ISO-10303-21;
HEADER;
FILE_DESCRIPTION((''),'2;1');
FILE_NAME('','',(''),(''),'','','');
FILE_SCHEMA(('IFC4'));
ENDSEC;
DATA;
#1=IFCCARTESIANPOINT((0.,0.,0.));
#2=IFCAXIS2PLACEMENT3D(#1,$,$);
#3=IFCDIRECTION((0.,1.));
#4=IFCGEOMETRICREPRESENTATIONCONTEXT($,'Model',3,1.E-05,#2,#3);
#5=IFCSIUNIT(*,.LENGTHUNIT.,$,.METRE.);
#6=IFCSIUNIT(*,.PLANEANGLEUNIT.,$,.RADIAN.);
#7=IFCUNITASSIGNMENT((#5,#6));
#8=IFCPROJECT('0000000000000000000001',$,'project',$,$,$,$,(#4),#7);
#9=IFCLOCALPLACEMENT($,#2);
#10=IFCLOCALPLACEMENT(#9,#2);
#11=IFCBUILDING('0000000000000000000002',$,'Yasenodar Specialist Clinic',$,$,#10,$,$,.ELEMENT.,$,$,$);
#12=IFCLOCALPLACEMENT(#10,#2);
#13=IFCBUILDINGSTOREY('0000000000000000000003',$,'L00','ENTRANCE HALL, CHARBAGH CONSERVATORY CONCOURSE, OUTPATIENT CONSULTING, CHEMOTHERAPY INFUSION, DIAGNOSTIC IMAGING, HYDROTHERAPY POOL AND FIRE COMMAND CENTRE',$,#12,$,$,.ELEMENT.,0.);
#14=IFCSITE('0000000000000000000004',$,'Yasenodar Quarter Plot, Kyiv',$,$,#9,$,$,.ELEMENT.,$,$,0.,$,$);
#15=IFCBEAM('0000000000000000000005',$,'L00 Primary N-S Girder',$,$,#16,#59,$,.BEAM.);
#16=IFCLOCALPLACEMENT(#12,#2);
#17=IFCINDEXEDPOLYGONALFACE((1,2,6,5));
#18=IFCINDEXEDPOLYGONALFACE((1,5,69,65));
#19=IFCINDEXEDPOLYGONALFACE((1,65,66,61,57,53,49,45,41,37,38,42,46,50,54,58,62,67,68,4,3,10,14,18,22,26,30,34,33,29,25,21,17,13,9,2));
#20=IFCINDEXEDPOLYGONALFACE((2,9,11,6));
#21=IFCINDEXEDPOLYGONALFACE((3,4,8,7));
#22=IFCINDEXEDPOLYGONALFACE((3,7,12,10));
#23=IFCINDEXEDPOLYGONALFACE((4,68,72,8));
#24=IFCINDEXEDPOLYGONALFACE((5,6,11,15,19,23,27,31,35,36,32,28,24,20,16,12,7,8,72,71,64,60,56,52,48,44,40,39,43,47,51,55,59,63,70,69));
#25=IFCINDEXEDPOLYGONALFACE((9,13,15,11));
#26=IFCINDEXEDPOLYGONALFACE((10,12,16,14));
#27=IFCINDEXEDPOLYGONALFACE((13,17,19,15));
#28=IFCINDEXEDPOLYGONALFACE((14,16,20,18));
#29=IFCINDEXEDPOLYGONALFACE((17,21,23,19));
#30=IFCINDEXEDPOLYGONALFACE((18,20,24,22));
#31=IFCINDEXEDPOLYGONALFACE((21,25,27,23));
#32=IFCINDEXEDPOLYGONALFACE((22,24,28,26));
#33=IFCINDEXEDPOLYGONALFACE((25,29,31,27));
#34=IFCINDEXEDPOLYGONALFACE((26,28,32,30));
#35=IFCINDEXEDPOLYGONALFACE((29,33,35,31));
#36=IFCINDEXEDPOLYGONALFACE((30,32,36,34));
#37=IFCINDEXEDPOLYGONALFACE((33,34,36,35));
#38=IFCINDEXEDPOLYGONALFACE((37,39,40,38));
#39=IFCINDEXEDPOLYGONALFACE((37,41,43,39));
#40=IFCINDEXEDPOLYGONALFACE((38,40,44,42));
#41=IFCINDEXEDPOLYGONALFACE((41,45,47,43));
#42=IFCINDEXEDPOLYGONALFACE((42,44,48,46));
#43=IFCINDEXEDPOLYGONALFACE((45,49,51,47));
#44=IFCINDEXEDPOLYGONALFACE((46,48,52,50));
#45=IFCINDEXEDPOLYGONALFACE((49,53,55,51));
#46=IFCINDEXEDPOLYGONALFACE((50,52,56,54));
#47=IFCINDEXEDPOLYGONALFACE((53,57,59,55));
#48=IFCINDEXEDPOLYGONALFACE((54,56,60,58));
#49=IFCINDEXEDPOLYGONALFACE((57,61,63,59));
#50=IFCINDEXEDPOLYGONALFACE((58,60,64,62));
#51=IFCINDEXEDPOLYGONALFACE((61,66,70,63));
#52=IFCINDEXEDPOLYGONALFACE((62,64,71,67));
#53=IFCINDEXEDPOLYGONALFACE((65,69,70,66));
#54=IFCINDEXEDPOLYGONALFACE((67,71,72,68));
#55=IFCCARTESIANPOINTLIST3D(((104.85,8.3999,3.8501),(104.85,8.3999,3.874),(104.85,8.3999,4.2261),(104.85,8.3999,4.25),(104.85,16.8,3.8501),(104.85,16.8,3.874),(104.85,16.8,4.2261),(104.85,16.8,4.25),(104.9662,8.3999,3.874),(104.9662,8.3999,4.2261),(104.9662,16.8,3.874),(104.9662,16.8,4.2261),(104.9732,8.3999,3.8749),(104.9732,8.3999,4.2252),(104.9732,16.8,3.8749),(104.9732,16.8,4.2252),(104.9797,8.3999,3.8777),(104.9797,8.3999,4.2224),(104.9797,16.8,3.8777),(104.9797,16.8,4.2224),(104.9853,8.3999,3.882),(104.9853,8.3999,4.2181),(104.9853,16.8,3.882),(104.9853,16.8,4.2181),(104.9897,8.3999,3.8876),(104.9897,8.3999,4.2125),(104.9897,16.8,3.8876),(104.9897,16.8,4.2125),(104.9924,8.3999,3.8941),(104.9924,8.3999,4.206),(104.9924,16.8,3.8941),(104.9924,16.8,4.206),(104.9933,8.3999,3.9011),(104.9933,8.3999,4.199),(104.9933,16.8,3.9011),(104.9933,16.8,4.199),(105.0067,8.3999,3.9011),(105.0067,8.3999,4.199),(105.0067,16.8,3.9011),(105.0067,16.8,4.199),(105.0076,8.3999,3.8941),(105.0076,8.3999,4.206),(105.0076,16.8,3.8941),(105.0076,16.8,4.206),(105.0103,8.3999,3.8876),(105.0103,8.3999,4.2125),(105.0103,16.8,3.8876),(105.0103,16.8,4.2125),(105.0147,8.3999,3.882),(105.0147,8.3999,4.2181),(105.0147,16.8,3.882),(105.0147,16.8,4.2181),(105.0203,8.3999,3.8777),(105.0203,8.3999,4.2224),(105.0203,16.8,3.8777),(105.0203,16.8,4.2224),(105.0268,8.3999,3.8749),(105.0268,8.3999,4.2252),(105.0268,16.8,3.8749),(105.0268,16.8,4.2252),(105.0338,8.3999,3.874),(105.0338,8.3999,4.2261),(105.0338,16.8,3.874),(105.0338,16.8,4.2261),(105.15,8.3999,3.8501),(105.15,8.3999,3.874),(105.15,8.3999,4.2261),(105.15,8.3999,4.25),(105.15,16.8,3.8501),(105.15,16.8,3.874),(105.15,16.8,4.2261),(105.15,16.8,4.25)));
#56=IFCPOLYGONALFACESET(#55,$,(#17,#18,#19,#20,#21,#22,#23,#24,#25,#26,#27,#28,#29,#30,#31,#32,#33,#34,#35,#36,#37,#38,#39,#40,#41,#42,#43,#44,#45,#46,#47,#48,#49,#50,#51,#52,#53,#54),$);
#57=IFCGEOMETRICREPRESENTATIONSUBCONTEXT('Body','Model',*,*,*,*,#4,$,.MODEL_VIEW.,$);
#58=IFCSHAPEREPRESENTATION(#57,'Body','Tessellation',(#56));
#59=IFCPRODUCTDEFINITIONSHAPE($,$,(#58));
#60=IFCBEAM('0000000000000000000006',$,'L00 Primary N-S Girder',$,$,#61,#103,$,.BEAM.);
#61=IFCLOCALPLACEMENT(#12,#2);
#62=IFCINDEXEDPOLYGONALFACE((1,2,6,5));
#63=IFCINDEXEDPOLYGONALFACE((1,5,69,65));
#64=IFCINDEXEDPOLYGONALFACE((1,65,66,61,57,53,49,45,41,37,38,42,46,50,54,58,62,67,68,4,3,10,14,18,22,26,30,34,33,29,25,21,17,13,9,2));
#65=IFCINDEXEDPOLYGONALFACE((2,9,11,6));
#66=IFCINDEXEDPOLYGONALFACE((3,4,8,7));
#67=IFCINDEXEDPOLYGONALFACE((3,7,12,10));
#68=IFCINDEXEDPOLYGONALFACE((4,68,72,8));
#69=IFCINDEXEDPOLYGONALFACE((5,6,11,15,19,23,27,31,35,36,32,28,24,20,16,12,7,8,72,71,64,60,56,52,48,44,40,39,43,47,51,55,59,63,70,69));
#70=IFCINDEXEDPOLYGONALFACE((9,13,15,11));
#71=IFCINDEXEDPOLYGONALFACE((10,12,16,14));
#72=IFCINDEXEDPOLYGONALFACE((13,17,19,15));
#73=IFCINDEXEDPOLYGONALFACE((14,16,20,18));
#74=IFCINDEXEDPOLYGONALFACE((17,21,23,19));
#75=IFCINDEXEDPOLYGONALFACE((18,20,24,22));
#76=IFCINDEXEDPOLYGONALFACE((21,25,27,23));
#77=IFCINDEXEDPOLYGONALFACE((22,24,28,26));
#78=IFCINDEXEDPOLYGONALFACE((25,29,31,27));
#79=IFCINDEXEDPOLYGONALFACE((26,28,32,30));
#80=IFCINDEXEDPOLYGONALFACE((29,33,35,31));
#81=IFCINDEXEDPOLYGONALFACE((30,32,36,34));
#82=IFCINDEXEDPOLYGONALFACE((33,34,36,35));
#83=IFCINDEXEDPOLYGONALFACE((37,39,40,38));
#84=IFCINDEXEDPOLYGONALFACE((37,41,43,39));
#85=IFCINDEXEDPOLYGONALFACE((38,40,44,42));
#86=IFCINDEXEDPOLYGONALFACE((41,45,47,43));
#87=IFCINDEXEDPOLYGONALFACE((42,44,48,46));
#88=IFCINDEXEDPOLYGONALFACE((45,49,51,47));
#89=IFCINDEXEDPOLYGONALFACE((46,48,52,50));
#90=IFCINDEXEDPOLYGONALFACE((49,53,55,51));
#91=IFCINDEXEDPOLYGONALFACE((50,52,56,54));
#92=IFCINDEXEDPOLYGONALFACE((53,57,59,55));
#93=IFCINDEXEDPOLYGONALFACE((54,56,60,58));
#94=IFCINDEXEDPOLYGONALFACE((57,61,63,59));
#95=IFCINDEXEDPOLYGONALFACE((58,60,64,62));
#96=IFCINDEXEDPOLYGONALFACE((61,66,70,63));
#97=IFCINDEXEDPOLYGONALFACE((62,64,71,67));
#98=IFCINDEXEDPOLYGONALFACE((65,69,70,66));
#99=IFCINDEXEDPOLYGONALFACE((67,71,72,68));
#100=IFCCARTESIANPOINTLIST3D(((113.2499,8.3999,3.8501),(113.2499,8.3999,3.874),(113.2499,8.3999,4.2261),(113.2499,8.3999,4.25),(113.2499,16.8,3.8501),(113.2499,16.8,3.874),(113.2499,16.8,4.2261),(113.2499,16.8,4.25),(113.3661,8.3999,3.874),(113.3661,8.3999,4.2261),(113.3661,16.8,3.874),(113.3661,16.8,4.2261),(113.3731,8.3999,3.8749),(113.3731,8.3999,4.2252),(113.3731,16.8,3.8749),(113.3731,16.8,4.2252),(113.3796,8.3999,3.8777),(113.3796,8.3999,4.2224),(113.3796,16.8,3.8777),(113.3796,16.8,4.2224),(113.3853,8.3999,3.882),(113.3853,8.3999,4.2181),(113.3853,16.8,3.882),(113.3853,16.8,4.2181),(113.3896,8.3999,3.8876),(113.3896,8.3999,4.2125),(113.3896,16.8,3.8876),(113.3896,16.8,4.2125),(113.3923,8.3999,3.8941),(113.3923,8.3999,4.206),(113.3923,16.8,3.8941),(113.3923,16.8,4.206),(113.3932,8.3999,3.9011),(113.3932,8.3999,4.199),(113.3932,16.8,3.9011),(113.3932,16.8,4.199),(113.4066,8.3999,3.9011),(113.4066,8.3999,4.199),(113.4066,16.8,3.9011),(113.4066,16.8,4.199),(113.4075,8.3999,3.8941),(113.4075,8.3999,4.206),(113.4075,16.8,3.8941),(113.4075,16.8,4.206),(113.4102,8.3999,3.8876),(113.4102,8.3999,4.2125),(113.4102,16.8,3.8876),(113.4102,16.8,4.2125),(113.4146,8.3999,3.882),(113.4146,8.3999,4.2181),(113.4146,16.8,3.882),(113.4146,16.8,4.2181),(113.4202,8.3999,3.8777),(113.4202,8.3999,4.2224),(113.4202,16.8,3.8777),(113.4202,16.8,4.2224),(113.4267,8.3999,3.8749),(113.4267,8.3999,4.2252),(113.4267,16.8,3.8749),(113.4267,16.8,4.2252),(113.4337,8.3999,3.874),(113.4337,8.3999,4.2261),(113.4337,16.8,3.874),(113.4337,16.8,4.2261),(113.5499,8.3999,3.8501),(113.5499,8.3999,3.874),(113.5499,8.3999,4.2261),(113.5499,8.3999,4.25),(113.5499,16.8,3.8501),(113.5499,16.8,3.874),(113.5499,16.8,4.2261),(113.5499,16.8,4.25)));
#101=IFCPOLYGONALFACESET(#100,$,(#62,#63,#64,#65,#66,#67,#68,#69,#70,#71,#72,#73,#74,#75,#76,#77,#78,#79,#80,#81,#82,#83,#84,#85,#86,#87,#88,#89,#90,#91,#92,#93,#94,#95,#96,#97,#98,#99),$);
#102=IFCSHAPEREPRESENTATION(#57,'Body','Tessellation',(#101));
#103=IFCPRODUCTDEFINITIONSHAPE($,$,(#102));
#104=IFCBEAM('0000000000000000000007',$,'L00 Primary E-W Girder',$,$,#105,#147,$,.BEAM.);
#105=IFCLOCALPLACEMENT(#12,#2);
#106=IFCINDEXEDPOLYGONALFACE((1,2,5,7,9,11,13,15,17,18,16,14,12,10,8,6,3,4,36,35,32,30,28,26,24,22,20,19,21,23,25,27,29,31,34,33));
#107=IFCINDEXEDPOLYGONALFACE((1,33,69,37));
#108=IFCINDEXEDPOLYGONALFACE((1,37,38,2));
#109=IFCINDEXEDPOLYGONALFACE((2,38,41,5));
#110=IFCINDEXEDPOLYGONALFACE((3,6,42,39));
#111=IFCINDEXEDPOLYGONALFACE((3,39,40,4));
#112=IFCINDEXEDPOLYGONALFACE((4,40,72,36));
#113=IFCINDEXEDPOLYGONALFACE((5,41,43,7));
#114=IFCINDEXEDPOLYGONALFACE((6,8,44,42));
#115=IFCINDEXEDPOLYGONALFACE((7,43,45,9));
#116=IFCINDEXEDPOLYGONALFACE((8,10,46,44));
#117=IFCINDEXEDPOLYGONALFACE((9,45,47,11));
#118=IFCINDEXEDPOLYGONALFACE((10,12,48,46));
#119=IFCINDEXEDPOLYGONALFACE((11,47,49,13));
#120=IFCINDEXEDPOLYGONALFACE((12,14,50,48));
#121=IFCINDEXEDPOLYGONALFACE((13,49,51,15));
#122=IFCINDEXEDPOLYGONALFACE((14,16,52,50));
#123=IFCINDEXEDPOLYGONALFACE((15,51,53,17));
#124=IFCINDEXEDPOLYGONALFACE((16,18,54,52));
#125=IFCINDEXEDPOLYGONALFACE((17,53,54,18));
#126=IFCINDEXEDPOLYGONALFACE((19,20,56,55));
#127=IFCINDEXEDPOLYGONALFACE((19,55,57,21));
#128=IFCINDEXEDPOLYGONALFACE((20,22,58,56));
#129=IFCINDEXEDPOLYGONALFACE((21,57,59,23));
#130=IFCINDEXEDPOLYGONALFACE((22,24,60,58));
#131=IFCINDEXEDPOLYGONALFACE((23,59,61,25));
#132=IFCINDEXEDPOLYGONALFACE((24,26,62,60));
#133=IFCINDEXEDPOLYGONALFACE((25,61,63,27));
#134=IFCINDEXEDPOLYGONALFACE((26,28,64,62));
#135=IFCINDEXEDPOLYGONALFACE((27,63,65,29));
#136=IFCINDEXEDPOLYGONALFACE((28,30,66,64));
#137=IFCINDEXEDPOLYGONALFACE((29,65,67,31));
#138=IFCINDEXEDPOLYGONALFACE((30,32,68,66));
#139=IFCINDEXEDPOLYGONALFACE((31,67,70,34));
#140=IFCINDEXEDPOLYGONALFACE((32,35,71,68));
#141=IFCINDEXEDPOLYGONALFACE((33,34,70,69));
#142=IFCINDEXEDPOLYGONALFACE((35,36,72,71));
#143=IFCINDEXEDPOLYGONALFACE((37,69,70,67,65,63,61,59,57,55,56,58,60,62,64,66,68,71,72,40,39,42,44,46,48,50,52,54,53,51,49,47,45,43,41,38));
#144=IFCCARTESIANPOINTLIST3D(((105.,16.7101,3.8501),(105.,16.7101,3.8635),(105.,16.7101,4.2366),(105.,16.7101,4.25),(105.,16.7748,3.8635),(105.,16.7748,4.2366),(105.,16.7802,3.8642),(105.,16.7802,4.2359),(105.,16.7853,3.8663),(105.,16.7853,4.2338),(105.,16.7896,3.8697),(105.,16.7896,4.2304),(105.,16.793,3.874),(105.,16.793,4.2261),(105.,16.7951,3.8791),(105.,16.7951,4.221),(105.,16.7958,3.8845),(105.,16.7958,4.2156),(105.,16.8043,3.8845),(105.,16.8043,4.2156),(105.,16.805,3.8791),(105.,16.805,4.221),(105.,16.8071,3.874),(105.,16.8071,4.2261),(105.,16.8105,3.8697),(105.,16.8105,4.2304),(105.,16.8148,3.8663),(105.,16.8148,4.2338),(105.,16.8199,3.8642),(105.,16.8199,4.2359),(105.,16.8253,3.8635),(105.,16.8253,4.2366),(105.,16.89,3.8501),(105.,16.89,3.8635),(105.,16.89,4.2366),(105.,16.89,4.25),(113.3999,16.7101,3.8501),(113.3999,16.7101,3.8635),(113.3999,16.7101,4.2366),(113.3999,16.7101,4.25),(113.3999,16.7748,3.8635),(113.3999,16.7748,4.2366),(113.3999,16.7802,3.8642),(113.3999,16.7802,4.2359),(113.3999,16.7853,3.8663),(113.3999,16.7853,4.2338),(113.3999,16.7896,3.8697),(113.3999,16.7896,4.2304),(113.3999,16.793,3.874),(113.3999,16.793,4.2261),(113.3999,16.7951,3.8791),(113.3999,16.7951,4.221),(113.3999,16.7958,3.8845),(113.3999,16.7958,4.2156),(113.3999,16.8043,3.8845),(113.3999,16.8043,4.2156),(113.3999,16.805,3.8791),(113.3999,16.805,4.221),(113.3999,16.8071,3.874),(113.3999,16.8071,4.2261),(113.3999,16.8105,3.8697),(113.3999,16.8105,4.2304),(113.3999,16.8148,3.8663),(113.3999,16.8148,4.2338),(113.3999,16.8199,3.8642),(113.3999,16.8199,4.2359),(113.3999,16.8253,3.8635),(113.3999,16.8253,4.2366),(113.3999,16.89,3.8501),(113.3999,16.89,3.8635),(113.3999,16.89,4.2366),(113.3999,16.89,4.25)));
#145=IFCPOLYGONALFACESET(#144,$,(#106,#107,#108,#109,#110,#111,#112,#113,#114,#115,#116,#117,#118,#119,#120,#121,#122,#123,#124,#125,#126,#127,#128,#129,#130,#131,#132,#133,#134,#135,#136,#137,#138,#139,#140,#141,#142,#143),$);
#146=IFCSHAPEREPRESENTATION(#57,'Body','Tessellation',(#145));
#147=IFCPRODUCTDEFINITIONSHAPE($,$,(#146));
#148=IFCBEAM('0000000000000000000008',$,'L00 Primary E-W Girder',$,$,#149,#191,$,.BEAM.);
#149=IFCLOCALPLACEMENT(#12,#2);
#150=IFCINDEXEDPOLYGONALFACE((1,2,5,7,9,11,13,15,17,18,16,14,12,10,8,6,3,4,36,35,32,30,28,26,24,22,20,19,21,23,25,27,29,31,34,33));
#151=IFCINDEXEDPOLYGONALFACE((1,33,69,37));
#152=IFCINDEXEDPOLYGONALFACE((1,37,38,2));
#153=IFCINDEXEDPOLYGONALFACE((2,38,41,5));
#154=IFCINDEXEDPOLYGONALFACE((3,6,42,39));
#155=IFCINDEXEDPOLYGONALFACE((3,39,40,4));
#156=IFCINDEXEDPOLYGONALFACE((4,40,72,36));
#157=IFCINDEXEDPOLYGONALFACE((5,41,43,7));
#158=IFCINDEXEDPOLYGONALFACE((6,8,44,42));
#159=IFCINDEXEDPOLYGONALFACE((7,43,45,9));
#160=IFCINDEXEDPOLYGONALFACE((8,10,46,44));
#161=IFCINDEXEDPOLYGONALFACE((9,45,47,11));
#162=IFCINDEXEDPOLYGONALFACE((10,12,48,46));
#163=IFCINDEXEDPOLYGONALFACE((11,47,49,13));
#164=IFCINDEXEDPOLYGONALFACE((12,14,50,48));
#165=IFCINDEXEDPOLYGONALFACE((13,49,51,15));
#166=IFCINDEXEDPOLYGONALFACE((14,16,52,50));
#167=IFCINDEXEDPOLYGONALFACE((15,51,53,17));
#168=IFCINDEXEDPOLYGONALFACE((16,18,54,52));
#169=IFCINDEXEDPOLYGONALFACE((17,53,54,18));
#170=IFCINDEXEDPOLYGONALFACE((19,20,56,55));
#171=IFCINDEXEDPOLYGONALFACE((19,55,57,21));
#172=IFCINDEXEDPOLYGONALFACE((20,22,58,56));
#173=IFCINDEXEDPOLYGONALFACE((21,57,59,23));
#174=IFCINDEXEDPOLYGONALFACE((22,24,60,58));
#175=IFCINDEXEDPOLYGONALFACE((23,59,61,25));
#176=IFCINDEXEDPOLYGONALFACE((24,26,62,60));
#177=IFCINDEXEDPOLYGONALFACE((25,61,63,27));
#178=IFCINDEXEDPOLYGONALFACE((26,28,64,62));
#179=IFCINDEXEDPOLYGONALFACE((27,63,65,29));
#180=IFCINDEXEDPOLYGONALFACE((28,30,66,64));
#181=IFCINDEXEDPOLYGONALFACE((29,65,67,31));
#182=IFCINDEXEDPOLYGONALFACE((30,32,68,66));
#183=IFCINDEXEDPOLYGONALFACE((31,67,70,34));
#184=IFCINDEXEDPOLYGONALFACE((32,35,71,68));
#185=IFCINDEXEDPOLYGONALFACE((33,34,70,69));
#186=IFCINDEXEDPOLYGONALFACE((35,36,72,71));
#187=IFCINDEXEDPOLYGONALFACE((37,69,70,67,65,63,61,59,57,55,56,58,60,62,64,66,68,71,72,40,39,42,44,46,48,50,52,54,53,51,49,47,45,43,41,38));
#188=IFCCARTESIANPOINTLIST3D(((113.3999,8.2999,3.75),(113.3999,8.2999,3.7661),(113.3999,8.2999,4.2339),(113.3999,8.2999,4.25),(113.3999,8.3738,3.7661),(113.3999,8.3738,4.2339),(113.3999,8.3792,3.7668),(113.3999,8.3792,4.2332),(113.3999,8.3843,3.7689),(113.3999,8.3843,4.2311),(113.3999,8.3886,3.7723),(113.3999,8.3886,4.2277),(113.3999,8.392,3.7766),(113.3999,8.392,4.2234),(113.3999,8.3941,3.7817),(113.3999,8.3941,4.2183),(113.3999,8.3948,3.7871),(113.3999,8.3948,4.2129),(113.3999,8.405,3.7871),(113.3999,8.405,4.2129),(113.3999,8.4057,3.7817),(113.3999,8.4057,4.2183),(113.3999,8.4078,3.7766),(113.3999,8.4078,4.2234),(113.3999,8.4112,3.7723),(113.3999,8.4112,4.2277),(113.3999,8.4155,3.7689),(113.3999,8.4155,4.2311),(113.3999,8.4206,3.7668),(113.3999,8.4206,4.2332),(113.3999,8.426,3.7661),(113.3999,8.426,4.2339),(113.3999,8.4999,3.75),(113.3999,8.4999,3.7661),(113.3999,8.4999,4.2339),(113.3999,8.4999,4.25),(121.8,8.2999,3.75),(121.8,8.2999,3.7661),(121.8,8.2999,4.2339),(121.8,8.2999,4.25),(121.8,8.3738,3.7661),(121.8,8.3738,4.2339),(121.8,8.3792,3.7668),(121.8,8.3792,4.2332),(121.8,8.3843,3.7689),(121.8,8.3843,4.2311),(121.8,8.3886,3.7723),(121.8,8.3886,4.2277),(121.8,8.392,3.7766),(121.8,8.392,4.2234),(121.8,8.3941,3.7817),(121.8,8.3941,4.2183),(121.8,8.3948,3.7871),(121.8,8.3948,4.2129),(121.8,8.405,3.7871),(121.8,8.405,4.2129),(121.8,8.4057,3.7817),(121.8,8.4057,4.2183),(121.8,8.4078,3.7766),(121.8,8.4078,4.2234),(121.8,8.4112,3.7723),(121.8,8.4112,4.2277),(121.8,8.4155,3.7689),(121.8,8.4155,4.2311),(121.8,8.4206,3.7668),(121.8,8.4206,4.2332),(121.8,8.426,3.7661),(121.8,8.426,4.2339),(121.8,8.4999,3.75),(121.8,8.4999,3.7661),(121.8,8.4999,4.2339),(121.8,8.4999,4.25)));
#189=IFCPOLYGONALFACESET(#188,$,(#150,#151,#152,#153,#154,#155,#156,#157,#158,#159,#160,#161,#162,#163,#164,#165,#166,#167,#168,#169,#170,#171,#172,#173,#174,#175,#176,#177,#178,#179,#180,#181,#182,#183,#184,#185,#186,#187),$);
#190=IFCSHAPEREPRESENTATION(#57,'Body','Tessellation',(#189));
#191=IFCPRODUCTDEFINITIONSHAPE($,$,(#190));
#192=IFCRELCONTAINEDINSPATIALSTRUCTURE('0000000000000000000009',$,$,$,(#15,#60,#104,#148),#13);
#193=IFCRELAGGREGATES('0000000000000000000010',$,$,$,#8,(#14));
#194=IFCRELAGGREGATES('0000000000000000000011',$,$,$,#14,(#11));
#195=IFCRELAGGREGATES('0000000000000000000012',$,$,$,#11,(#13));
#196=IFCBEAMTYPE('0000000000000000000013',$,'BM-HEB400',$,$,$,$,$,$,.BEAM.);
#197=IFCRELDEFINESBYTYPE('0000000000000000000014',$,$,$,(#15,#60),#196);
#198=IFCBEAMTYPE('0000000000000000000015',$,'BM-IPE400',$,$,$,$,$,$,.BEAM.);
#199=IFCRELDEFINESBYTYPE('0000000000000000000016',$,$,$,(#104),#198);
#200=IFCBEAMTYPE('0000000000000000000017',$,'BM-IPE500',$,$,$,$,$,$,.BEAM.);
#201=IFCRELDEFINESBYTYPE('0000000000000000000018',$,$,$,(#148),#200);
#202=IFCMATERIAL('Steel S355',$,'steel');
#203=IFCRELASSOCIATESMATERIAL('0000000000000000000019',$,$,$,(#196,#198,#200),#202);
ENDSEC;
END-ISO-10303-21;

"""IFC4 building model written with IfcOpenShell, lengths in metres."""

from ifc_helpers import new_model, si_unit, direction, frame, origin, origin_2d, place, context, subcontext, project, spatial, i_section, extrude, material, material_profile, profile_set, type_object, element, save


model = new_model("IFC4")

# Units and contexts
model_context = context("Model", 3, precision=1e-05, world=origin(), true_north=direction((0.0, 1.0)))
body_context = subcontext(model_context, "Body", "Model", "MODEL_VIEW")
ifc_project = project(units=[si_unit("LENGTHUNIT", "METRE"), si_unit("PLANEANGLEUNIT", "RADIAN")], contexts=[model_context])

# Site, building, storey
site_placement = place(None, origin())
site = spatial("IfcSite", under=ifc_project, at=site_placement, Name="Yasenodar Quarter Plot, Kyiv", CompositionType="ELEMENT", RefElevation=0.0)
building_placement = place(site_placement, origin())
building = spatial("IfcBuilding", under=site, at=building_placement, Name="Yasenodar Specialist Clinic", CompositionType="ELEMENT")
storey_placement = place(building_placement, origin())
storey = spatial("IfcBuildingStorey", under=building, at=storey_placement, Name="L00", Description="ENTRANCE HALL, CHARBAGH CONSERVATORY CONCOURSE, OUTPATIENT CONSULTING, CHEMOTHERAPY INFUSION, DIAGNOSTIC IMAGING, HYDROTHERAPY POOL AND FIRE COMMAND CENTRE", CompositionType="ELEMENT", Elevation=0.0)

# Shared definitions
ifc_material_1 = material(Name="Steel S355", Category="steel")

# Beams
ifc_material_profile_1 = material_profile(ifc_material_1, i_section(OverallWidth=0.3, OverallDepth=0.3999, WebThickness=0.0134, FlangeThickness=0.0239, FilletRadius=0.0271, at=origin_2d()), Name="HEB 400")
ifc_profile_set_1 = profile_set([ifc_material_profile_1], Name="Steel S355")
beam_type_1 = type_object("IfcBeamType", Name="BM-HEB400", PredefinedType="BEAM", material=ifc_profile_set_1)
for number, where, z_axis, x_axis, name in (
    (1, (105.0, 8.3999, 4.05), (0.0, 1.0, 0.0), (-1.0, 0.0, 0.0), "L00 Primary N-S Girder"),
    (2, (113.3999, 8.3999, 4.05), (0.0, 1.0, 0.0), (-1.0, 0.0, 0.0), "L00 Primary N-S Girder"),
):
    element("IfcBeam", number, at=place(storey_placement, frame(where, z_axis=z_axis, x_axis=x_axis)), inside=storey, type_object=beam_type_1, Name=name, PredefinedType="BEAM", context=body_context, shape_type="SweptSolid", body=[
        extrude(i_section(OverallWidth=0.3, OverallDepth=0.3999, WebThickness=0.0134, FlangeThickness=0.0239, FilletRadius=0.0271, at=origin_2d()), origin(), (0.0, 0.0, 1.0), 8.4001),
    ])
ifc_material_profile_2 = material_profile(ifc_material_1, i_section(OverallWidth=0.1799, OverallDepth=0.3999, WebThickness=0.0085, FlangeThickness=0.0134, FilletRadius=0.021, at=origin_2d()), Name="IPE 400")
ifc_profile_set_2 = profile_set([ifc_material_profile_2], Name="Steel S355")
beam_type_2 = type_object("IfcBeamType", Name="BM-IPE400", PredefinedType="BEAM", material=ifc_profile_set_2)
beam_1_placement = place(storey_placement, frame((105.0, 16.8, 4.05), z_axis=(1.0, 0.0, 0.0), x_axis=(0.0, 1.0, 0.0)))
element("IfcBeam", 3, at=beam_1_placement, inside=storey, type_object=beam_type_2, Name="L00 Primary E-W Girder", PredefinedType="BEAM", context=body_context, shape_type="SweptSolid", body=[
    extrude(i_section(OverallWidth=0.1799, OverallDepth=0.3999, WebThickness=0.0085, FlangeThickness=0.0134, FilletRadius=0.021, at=origin_2d()), origin(), (0.0, 0.0, 1.0), 8.3999),
])
ifc_material_profile_3 = material_profile(ifc_material_1, i_section(OverallWidth=0.2, OverallDepth=0.5, WebThickness=0.0103, FlangeThickness=0.0161, FilletRadius=0.021, at=origin_2d()), Name="IPE 500")
ifc_profile_set_3 = profile_set([ifc_material_profile_3], Name="Steel S355")
beam_type_3 = type_object("IfcBeamType", Name="BM-IPE500", PredefinedType="BEAM", material=ifc_profile_set_3)
beam_2_placement = place(storey_placement, frame((113.3999, 8.3999, 4.0), z_axis=(1.0, 0.0, 0.0), x_axis=(0.0, 1.0, 0.0)))
element("IfcBeam", 4, at=beam_2_placement, inside=storey, type_object=beam_type_3, Name="L00 Primary E-W Girder", PredefinedType="BEAM", context=body_context, shape_type="SweptSolid", body=[
    extrude(i_section(OverallWidth=0.2, OverallDepth=0.5, WebThickness=0.0103, FlangeThickness=0.0161, FilletRadius=0.021, at=origin_2d()), origin(), (0.0, 0.0, 1.0), 8.4001),
])

save(model, "model.ifc")
